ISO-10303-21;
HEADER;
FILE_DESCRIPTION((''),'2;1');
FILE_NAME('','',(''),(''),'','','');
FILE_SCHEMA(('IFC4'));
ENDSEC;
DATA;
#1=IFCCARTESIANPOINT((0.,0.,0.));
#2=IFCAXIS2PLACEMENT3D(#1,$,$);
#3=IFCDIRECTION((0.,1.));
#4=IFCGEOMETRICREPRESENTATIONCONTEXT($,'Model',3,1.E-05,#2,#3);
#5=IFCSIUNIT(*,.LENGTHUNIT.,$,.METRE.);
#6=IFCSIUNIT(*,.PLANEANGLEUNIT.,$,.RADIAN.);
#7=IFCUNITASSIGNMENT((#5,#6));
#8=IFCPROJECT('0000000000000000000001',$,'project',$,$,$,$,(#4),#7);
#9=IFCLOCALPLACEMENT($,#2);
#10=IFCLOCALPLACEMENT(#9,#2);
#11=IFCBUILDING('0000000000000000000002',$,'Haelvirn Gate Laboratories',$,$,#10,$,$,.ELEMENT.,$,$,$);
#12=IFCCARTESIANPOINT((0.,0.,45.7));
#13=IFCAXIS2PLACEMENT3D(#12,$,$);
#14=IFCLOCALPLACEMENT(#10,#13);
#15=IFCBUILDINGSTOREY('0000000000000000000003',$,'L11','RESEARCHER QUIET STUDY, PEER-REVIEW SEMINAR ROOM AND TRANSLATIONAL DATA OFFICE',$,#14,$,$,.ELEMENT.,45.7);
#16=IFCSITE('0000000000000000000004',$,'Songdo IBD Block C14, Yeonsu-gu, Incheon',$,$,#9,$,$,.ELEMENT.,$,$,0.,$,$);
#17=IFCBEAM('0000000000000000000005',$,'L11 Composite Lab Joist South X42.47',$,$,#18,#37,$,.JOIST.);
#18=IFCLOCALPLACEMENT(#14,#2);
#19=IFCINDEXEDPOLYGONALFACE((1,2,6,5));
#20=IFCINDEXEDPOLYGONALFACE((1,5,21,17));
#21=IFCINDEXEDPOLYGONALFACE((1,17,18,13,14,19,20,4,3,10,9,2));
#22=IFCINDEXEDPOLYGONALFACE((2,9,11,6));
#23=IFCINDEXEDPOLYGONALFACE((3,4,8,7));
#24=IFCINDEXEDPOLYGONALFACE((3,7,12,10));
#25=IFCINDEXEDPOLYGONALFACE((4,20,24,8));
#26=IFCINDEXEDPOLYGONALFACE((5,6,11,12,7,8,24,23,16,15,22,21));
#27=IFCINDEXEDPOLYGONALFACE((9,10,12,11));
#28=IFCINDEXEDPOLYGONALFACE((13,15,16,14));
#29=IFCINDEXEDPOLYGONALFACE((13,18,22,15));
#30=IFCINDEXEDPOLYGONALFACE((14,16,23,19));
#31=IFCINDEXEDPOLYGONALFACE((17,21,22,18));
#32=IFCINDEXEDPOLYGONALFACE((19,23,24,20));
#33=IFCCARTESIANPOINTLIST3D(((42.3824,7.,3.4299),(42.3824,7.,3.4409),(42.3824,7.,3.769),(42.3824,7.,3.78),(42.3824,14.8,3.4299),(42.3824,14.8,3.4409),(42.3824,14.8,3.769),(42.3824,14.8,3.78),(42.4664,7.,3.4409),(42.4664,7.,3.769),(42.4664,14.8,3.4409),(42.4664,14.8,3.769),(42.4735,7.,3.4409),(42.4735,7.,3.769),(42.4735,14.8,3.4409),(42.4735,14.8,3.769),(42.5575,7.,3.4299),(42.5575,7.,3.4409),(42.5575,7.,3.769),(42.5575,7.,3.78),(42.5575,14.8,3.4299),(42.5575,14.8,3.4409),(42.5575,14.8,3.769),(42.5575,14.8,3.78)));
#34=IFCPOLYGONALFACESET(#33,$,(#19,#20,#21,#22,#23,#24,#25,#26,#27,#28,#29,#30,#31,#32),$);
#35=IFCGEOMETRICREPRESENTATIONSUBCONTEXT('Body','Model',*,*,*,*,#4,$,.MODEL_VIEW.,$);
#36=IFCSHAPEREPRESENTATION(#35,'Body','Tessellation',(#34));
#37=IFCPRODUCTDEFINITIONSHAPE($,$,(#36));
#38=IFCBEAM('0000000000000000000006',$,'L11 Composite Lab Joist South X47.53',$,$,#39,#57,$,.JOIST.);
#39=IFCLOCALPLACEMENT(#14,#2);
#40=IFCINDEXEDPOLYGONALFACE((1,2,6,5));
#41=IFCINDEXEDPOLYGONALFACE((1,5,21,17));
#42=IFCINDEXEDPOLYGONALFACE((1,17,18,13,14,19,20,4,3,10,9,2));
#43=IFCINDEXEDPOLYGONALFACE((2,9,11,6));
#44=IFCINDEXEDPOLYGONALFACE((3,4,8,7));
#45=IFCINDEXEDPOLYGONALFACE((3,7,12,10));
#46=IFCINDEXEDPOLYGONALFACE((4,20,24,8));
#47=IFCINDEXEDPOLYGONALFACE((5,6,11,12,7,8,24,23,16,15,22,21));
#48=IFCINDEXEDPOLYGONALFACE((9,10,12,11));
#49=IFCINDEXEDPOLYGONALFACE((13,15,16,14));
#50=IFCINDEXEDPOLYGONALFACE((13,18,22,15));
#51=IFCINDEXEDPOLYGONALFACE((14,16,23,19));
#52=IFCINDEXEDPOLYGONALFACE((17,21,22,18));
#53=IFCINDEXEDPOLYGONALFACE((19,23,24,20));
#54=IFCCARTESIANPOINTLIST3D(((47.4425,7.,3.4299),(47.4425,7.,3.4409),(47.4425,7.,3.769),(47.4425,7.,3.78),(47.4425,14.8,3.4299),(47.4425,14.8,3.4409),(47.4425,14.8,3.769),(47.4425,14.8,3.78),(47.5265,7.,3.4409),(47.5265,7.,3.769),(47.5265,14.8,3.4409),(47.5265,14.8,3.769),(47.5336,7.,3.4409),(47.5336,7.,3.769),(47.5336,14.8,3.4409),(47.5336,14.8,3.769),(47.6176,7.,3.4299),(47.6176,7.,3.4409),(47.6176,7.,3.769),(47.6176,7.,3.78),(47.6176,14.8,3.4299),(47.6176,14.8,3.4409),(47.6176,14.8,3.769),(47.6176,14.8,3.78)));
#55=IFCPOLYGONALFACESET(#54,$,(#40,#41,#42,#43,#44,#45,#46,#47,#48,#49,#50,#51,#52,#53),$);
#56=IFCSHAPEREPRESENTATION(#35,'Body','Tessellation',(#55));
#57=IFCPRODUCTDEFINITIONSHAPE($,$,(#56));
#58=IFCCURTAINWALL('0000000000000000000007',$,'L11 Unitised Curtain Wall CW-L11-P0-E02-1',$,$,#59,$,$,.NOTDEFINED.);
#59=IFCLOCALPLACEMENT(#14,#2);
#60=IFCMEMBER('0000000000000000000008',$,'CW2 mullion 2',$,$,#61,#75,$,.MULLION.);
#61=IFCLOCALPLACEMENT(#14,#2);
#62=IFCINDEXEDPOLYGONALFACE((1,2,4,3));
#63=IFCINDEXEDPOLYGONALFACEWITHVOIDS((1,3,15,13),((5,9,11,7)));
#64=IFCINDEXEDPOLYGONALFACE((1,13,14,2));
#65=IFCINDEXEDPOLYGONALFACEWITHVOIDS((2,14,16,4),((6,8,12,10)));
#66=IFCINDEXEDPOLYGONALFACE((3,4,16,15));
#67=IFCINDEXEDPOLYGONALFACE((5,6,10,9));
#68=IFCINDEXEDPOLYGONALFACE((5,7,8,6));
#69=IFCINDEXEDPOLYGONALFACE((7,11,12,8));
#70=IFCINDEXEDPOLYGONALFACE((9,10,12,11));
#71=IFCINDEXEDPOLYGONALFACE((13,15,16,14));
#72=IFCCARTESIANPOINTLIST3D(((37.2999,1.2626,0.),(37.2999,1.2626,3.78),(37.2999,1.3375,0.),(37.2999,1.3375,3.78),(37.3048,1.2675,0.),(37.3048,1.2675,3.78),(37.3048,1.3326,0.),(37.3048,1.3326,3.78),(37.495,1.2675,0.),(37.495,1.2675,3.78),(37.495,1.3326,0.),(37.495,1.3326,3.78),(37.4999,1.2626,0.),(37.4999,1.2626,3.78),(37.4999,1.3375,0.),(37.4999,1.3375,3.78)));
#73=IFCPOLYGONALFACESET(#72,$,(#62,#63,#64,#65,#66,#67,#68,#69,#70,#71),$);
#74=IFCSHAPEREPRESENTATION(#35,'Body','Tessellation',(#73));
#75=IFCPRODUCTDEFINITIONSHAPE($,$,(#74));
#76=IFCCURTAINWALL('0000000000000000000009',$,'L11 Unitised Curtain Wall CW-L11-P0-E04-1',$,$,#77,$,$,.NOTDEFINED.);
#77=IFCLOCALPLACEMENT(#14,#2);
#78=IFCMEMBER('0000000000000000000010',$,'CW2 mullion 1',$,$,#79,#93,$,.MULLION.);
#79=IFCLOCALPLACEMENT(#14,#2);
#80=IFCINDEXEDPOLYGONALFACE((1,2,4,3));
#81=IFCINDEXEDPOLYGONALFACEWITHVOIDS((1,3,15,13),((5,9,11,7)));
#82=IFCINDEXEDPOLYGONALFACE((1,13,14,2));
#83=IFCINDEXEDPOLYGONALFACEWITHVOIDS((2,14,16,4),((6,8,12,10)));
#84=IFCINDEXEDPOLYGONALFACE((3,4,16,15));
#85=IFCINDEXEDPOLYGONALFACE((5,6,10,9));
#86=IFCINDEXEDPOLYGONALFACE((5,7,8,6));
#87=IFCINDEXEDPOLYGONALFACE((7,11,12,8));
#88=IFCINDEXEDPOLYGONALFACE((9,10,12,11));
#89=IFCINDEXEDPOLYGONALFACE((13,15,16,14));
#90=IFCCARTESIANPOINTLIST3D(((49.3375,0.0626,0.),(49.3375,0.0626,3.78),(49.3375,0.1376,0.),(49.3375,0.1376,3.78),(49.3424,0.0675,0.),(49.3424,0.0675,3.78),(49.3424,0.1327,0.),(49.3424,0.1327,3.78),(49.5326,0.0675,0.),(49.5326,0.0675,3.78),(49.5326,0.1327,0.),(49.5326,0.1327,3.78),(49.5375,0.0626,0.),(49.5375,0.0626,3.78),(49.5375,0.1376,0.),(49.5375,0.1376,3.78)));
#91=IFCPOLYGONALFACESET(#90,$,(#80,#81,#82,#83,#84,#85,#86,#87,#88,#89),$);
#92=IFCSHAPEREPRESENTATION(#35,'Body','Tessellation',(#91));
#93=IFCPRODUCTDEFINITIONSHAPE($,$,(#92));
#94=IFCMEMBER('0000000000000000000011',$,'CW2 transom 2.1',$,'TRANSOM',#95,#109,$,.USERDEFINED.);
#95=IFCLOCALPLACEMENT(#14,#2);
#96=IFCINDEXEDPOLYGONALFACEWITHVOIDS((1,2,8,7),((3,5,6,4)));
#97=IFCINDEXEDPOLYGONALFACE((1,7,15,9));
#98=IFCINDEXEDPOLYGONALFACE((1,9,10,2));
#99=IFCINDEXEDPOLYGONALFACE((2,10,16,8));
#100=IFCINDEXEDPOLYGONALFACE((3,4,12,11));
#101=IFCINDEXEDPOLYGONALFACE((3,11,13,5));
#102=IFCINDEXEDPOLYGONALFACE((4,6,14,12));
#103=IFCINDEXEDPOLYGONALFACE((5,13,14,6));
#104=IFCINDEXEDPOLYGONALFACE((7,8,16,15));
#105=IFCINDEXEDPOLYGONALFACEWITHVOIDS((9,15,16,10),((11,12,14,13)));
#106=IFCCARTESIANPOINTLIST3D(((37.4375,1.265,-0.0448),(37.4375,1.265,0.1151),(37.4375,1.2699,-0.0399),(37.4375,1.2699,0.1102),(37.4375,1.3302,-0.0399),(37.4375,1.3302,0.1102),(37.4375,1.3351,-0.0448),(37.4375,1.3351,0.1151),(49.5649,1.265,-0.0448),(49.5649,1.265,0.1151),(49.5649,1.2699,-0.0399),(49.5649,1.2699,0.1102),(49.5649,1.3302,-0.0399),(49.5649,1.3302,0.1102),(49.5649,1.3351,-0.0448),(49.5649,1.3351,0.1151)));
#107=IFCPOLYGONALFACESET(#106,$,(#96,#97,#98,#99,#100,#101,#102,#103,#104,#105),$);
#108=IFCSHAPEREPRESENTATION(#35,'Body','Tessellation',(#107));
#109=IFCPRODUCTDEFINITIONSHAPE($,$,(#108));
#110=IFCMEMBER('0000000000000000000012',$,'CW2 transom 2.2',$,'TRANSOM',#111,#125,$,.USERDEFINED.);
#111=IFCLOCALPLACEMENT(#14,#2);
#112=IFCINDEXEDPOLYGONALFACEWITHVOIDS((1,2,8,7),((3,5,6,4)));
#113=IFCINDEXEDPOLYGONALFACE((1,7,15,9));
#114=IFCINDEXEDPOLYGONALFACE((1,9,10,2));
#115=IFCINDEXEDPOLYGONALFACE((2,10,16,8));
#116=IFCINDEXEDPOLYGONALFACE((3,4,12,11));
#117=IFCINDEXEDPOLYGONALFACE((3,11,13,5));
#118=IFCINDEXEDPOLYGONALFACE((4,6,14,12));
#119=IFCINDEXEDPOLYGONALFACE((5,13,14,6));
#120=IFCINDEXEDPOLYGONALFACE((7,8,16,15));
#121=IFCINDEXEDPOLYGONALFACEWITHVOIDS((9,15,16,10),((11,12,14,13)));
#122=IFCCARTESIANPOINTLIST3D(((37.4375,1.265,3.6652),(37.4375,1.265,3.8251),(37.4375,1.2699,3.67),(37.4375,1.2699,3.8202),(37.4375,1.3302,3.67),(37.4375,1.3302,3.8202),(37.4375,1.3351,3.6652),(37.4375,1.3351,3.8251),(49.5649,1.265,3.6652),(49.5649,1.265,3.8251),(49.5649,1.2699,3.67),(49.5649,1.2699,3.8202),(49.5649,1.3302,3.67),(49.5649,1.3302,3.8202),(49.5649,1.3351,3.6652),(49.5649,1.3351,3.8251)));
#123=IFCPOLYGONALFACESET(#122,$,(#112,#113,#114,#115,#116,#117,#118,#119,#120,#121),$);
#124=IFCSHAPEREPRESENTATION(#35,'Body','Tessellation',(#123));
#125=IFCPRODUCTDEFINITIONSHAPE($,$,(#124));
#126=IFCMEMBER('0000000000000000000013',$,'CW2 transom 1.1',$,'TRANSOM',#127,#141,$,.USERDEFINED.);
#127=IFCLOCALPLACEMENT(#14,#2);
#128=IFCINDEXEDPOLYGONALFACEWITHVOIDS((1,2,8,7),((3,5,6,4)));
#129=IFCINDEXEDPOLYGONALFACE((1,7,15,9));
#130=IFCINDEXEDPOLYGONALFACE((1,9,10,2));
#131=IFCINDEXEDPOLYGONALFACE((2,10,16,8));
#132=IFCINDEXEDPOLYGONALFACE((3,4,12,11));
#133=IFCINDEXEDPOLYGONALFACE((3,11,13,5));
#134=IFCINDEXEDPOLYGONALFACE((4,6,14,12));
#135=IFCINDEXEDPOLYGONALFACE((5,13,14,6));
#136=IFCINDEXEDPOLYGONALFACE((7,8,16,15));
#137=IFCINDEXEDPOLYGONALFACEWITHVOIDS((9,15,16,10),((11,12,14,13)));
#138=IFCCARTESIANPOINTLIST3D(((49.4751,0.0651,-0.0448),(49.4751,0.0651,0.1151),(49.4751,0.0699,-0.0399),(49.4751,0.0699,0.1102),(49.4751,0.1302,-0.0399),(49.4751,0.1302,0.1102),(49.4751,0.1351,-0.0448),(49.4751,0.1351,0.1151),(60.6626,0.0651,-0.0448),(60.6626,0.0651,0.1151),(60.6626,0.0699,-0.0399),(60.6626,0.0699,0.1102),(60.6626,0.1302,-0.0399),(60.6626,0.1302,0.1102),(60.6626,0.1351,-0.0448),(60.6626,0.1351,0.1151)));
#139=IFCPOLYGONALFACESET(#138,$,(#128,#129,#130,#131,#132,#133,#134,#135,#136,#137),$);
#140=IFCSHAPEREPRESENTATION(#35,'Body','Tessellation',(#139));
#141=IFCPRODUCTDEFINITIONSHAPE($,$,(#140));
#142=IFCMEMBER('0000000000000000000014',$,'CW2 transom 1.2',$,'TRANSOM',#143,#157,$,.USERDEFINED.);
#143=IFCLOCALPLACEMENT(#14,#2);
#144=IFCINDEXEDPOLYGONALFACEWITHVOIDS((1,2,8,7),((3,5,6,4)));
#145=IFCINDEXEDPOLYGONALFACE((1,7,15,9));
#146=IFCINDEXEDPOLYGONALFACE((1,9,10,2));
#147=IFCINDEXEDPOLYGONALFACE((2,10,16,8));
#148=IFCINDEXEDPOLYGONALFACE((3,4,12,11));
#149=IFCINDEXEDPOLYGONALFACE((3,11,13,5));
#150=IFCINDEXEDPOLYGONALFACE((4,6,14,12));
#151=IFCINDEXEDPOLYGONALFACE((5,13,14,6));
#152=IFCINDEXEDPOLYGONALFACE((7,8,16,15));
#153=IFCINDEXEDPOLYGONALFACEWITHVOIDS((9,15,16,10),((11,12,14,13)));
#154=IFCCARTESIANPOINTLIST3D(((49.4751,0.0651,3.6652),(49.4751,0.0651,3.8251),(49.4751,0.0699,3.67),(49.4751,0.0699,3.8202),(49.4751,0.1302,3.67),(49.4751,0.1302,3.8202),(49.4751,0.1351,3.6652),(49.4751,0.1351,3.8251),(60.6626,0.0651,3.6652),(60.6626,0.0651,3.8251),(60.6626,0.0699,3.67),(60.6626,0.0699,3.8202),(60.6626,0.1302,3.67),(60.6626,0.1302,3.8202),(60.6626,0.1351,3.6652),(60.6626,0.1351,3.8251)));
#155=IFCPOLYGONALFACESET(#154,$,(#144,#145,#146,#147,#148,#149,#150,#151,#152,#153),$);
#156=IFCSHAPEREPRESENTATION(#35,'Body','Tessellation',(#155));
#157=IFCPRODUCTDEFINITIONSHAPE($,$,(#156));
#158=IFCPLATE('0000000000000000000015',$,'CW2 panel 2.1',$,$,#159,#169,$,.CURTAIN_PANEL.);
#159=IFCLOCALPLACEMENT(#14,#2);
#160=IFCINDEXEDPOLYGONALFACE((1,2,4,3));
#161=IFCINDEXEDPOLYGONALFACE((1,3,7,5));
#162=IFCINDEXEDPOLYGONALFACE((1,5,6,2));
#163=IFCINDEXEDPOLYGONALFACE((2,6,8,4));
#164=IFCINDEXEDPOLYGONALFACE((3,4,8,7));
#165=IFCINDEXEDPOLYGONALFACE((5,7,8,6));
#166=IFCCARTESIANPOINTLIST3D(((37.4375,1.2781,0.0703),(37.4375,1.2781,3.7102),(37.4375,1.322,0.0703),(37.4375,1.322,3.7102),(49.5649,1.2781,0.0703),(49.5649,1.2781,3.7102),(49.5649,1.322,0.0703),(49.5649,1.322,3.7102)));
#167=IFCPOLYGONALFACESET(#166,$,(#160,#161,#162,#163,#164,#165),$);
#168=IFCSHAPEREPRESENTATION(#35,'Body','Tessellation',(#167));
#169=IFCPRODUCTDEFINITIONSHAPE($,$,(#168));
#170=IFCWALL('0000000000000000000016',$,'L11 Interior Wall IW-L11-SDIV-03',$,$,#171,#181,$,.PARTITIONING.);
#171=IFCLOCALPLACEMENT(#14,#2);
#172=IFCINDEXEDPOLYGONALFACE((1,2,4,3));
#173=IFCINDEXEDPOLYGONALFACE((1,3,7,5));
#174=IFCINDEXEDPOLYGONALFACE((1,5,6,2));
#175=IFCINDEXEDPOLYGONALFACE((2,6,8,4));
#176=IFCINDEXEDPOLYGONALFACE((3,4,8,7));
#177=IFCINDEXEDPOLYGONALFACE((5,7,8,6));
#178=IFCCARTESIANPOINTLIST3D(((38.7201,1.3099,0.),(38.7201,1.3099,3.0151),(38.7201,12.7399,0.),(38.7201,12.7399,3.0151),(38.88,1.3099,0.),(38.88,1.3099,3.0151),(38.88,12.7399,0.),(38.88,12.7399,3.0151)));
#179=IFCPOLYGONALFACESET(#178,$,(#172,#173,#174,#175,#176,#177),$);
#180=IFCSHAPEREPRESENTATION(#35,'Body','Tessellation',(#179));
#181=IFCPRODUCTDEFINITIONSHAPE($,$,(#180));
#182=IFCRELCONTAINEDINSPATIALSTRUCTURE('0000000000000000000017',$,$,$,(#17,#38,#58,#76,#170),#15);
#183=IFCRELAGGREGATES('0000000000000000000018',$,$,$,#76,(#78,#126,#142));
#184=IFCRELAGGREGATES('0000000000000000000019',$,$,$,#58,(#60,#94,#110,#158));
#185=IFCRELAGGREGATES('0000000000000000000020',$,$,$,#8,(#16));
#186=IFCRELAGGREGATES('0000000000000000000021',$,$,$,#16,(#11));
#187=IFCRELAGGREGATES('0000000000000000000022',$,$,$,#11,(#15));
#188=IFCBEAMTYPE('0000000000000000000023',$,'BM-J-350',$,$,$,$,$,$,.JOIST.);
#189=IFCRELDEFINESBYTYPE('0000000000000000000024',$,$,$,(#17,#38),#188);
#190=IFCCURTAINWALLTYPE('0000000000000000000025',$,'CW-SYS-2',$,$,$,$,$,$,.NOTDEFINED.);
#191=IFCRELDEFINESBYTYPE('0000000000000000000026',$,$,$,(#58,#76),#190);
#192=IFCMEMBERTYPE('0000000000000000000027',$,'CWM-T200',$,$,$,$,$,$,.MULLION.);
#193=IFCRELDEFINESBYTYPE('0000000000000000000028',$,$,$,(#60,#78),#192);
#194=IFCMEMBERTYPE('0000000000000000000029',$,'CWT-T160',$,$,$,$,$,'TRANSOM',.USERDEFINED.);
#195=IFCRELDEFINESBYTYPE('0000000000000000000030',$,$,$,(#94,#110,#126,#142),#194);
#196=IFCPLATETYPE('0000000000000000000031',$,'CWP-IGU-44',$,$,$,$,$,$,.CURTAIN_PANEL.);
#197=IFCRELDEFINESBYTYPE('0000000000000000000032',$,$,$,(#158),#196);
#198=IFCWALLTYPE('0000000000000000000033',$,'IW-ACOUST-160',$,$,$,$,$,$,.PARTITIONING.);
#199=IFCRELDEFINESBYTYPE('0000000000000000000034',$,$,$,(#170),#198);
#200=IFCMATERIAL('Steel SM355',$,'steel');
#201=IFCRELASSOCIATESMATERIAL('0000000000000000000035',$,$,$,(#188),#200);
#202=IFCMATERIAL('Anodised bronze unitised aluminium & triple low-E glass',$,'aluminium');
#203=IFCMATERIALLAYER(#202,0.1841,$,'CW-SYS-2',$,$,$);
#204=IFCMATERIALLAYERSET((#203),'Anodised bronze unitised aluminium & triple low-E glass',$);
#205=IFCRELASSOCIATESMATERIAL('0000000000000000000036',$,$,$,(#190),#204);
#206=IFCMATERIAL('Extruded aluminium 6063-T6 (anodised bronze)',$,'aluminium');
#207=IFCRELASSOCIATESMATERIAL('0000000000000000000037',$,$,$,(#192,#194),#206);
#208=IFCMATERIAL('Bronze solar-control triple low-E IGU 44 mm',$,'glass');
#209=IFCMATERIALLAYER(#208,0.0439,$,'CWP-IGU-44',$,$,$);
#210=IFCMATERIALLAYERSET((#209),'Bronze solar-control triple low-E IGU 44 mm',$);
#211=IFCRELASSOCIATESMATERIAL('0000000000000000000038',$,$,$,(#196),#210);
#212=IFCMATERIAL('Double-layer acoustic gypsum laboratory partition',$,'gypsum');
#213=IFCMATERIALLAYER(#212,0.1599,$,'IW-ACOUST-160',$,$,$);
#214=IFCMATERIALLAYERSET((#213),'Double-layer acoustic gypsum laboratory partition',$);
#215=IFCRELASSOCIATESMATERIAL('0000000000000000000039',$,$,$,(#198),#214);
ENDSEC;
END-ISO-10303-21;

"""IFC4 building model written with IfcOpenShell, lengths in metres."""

from ifc_helpers import new_model, si_unit, direction, frame, frame_2d, origin, origin_2d, place, context, subcontext, project, spatial, rectangle, hollow_rectangle, i_section, extrude, source, transform, mapped, material, layer, layer_set, material_profile, profile_set, type_object, type_shapes, element, aggregate, save


model = new_model("IFC4")

# Units and contexts
model_context = context("Model", 3, precision=1e-05, world=origin(), true_north=direction((0.0, 1.0)))
body_context = subcontext(model_context, "Body", "Model", "MODEL_VIEW")
ifc_project = project(units=[si_unit("LENGTHUNIT", "METRE"), si_unit("PLANEANGLEUNIT", "RADIAN")], contexts=[model_context])

# Site, building, storey
site_placement = place(None, origin())
site = spatial("IfcSite", under=ifc_project, at=site_placement, Name="Songdo IBD Block C14, Yeonsu-gu, Incheon", CompositionType="ELEMENT", RefElevation=0.0)
building_placement = place(site_placement, origin())
building = spatial("IfcBuilding", under=site, at=building_placement, Name="Haelvirn Gate Laboratories", CompositionType="ELEMENT")
storey_placement = place(building_placement, frame((0.0, 0.0, 45.7)))
storey = spatial("IfcBuildingStorey", under=building, at=storey_placement, Name="L11", Description="RESEARCHER QUIET STUDY, PEER-REVIEW SEMINAR ROOM AND TRANSLATIONAL DATA OFFICE", CompositionType="ELEMENT", Elevation=45.7)

# Beams
ifc_material_1 = material(Name="Steel SM355", Category="steel")
ifc_material_profile_1 = material_profile(ifc_material_1, i_section(OverallWidth=0.175, OverallDepth=0.3501, WebThickness=0.0071, FlangeThickness=0.011, at=origin_2d()), Name="H-350x175x7x11")
ifc_profile_set_1 = profile_set([ifc_material_profile_1], Name="Steel SM355")
beam_type_1 = type_object("IfcBeamType", Name="BM-J-350", PredefinedType="JOIST", material=ifc_profile_set_1)
shared_shape_1 = source(origin(), body_context, "Body", "SweptSolid", [
    extrude(i_section(OverallWidth=0.175, OverallDepth=0.3501, WebThickness=0.0071, FlangeThickness=0.011, at=origin_2d()), origin(), (0.0, 0.0, 1.0), 7.8),
])
type_shapes(beam_type_1, [shared_shape_1])
for number, where, z_axis, x_axis, name in (
    (1, (42.47, 7.0, 3.605), (0.0, 1.0, 0.0), (-1.0, 0.0, 0.0), "L11 Composite Lab Joist South X42.47"),
    (2, (47.53, 7.0, 3.605), (0.0, 1.0, 0.0), (-1.0, 0.0, 0.0), "L11 Composite Lab Joist South X47.53"),
):
    element("IfcBeam", number, at=place(storey_placement, frame(where, z_axis=z_axis, x_axis=x_axis)), inside=storey, type_object=beam_type_1, Name=name, PredefinedType="JOIST", context=body_context, shape_type="MappedRepresentation", body=[
        mapped(shared_shape_1, transform((0.0, 0.0, 0.0), scale=1.0)),
    ])

# Curtain walls, members
ifc_material_2 = material(Name="Anodised bronze unitised aluminium & triple low-E glass", Category="aluminium")
ifc_layer_1 = layer(ifc_material_2, 0.1841, Name="CW-SYS-2")
ifc_layer_set_1 = layer_set([ifc_layer_1], Name="Anodised bronze unitised aluminium & triple low-E glass")
curtain_wall_type = type_object("IfcCurtainWallType", Name="CW-SYS-2", PredefinedType="NOTDEFINED", material=ifc_layer_set_1)
curtain_wall_1_placement = place(storey_placement, origin())
curtain_wall_1 = element("IfcCurtainWall", 3, at=curtain_wall_1_placement, inside=storey, type_object=curtain_wall_type, Name="L11 Unitised Curtain Wall CW-L11-P0-E02-1", PredefinedType="NOTDEFINED")
ifc_material_3 = material(Name="Extruded aluminium 6063-T6 (anodised bronze)", Category="aluminium")
ifc_material_profile_2 = material_profile(ifc_material_3, hollow_rectangle(XDim=0.075, YDim=0.2, WallThickness=0.0049, at=origin_2d()), Name="CWM-200x75x5")
ifc_profile_set_2 = profile_set([ifc_material_profile_2], Name="Extruded aluminium 6063-T6 (anodised bronze)")
member_type_1 = type_object("IfcMemberType", Name="CWM-T200", PredefinedType="MULLION", material=ifc_profile_set_2)
shared_shape_2 = source(origin(), body_context, "Body", "SweptSolid", [
    extrude(hollow_rectangle(XDim=0.075, YDim=0.2, WallThickness=0.0049, at=origin_2d()), origin(), (0.0, 0.0, 1.0), 3.78),
])
type_shapes(member_type_1, [shared_shape_2])
member_1_placement = place(storey_placement, frame((37.3999, 1.3, 0.0), z_axis=(0.0, 0.0, 1.0), x_axis=(0.0, 1.0, 0.0)))
member_1 = element("IfcMember", 4, at=member_1_placement, type_object=member_type_1, Name="CW2 mullion 2", PredefinedType="MULLION", context=body_context, shape_type="MappedRepresentation", body=[
    mapped(shared_shape_2, transform((0.0, 0.0, 0.0), scale=1.0)),
])
curtain_wall_2_placement = place(storey_placement, origin())
curtain_wall_2 = element("IfcCurtainWall", 5, at=curtain_wall_2_placement, inside=storey, type_object=curtain_wall_type, Name="L11 Unitised Curtain Wall CW-L11-P0-E04-1", PredefinedType="NOTDEFINED")
member_2_placement = place(storey_placement, frame((49.4375, 0.1001, 0.0), z_axis=(0.0, 0.0, 1.0), x_axis=(0.0, 1.0, 0.0)))
member_2 = element("IfcMember", 6, at=member_2_placement, type_object=member_type_1, Name="CW2 mullion 1", PredefinedType="MULLION", context=body_context, shape_type="MappedRepresentation", body=[
    mapped(shared_shape_2, transform((0.0, 0.0, 0.0), scale=1.0)),
])

# Members
ifc_material_profile_3 = material_profile(ifc_material_3, hollow_rectangle(XDim=0.0701, YDim=0.1599, WallThickness=0.0049, at=origin_2d()), Name="CWT-160x70x5")
ifc_profile_set_3 = profile_set([ifc_material_profile_3], Name="Extruded aluminium 6063-T6 (anodised bronze)")
member_type_2 = type_object("IfcMemberType", Name="CWT-T160", ElementType="TRANSOM", PredefinedType="USERDEFINED", material=ifc_profile_set_3)
shared_shape_3 = source(origin(), body_context, "Body", "SweptSolid", [
    extrude(hollow_rectangle(XDim=0.0701, YDim=0.1599, WallThickness=0.0049, at=origin_2d()), origin(), (0.0, 0.0, 1.0), 12.1274),
])
member_3_placement = place(storey_placement, frame((37.4375, 1.3, 0.0352), z_axis=(1.0, 0.0, 0.0), x_axis=(0.0, 1.0, 0.0)))
member_3 = element("IfcMember", 7, at=member_3_placement, type_object=member_type_2, Name="CW2 transom 2.1", ObjectType="TRANSOM", PredefinedType="USERDEFINED", context=body_context, shape_type="MappedRepresentation", body=[
    mapped(shared_shape_3, transform((0.0, 0.0, 0.0), scale=1.0)),
])
member_4_placement = place(storey_placement, frame((37.4375, 1.3, 3.7451), z_axis=(1.0, 0.0, 0.0), x_axis=(0.0, 1.0, 0.0)))
member_4 = element("IfcMember", 8, at=member_4_placement, type_object=member_type_2, Name="CW2 transom 2.2", ObjectType="TRANSOM", PredefinedType="USERDEFINED", context=body_context, shape_type="MappedRepresentation", body=[
    mapped(shared_shape_3, transform((0.0, 0.0, 0.0), scale=1.0)),
])
shared_shape_4 = source(origin(), body_context, "Body", "SweptSolid", [
    extrude(hollow_rectangle(XDim=0.0701, YDim=0.1599, WallThickness=0.0049, at=origin_2d()), origin(), (0.0, 0.0, 1.0), 11.1875),
])
type_shapes(member_type_2, [shared_shape_3, shared_shape_4])
member_5_placement = place(storey_placement, frame((49.4751, 0.1001, 0.0352), z_axis=(1.0, 0.0, 0.0), x_axis=(0.0, 1.0, 0.0)))
member_5 = element("IfcMember", 9, at=member_5_placement, type_object=member_type_2, Name="CW2 transom 1.1", ObjectType="TRANSOM", PredefinedType="USERDEFINED", context=body_context, shape_type="MappedRepresentation", body=[
    mapped(shared_shape_4, transform((0.0, 0.0, 0.0), scale=1.0)),
])
member_6_placement = place(storey_placement, frame((49.4751, 0.1001, 3.7451), z_axis=(1.0, 0.0, 0.0), x_axis=(0.0, 1.0, 0.0)))
member_6 = element("IfcMember", 10, at=member_6_placement, type_object=member_type_2, Name="CW2 transom 1.2", ObjectType="TRANSOM", PredefinedType="USERDEFINED", context=body_context, shape_type="MappedRepresentation", body=[
    mapped(shared_shape_4, transform((0.0, 0.0, 0.0), scale=1.0)),
])
aggregate(curtain_wall_2, [member_2, member_5, member_6])

# Plate
ifc_material_4 = material(Name="Bronze solar-control triple low-E IGU 44 mm", Category="glass")
ifc_layer_2 = layer(ifc_material_4, 0.0439, Name="CWP-IGU-44")
ifc_layer_set_2 = layer_set([ifc_layer_2], Name="Bronze solar-control triple low-E IGU 44 mm")
plate_type = type_object("IfcPlateType", Name="CWP-IGU-44", PredefinedType="CURTAIN_PANEL", material=ifc_layer_set_2)
shared_shape_5 = source(origin(), body_context, "Body", "SweptSolid", [
    extrude(rectangle(XDim=12.1274, YDim=0.0439, at=origin_2d()), origin(), (0.0, 0.0, 1.0), 3.6399),
])
type_shapes(plate_type, [shared_shape_5])
plate_placement = place(storey_placement, frame((43.5012, 1.3, 0.0703), z_axis=(0.0, 0.0, 1.0), x_axis=(1.0, 0.0, 0.0)))
plate = element("IfcPlate", 11, at=plate_placement, type_object=plate_type, Name="CW2 panel 2.1", PredefinedType="CURTAIN_PANEL", context=body_context, shape_type="MappedRepresentation", body=[
    mapped(shared_shape_5, transform((0.0, 0.0, 0.0), scale=1.0)),
])
aggregate(curtain_wall_1, [member_1, member_3, member_4, plate])

# Wall
ifc_material_5 = material(Name="Double-layer acoustic gypsum laboratory partition", Category="gypsum")
ifc_layer_3 = layer(ifc_material_5, 0.1599, Name="IW-ACOUST-160")
ifc_layer_set_3 = layer_set([ifc_layer_3], Name="Double-layer acoustic gypsum laboratory partition")
wall_type_1 = type_object("IfcWallType", Name="IW-ACOUST-160", PredefinedType="PARTITIONING", material=ifc_layer_set_3)
wall_1_placement = place(storey_placement, frame((38.8, 1.3101, 0.0), z_axis=(0.0, 0.0, 1.0), x_axis=(0.0, 1.0, 0.0)))
element("IfcWall", 12, at=wall_1_placement, inside=storey, type_object=wall_type_1, Name="L11 Interior Wall IW-L11-SDIV-03", PredefinedType="PARTITIONING", context=body_context, shape_type="SweptSolid", body=[
    extrude(rectangle(XDim=11.4299, YDim=0.1599, at=frame_2d((5.7148, 0.0))), origin(), (0.0, 0.0, 1.0), 3.0151),
])

save(model, "model.ifc")
